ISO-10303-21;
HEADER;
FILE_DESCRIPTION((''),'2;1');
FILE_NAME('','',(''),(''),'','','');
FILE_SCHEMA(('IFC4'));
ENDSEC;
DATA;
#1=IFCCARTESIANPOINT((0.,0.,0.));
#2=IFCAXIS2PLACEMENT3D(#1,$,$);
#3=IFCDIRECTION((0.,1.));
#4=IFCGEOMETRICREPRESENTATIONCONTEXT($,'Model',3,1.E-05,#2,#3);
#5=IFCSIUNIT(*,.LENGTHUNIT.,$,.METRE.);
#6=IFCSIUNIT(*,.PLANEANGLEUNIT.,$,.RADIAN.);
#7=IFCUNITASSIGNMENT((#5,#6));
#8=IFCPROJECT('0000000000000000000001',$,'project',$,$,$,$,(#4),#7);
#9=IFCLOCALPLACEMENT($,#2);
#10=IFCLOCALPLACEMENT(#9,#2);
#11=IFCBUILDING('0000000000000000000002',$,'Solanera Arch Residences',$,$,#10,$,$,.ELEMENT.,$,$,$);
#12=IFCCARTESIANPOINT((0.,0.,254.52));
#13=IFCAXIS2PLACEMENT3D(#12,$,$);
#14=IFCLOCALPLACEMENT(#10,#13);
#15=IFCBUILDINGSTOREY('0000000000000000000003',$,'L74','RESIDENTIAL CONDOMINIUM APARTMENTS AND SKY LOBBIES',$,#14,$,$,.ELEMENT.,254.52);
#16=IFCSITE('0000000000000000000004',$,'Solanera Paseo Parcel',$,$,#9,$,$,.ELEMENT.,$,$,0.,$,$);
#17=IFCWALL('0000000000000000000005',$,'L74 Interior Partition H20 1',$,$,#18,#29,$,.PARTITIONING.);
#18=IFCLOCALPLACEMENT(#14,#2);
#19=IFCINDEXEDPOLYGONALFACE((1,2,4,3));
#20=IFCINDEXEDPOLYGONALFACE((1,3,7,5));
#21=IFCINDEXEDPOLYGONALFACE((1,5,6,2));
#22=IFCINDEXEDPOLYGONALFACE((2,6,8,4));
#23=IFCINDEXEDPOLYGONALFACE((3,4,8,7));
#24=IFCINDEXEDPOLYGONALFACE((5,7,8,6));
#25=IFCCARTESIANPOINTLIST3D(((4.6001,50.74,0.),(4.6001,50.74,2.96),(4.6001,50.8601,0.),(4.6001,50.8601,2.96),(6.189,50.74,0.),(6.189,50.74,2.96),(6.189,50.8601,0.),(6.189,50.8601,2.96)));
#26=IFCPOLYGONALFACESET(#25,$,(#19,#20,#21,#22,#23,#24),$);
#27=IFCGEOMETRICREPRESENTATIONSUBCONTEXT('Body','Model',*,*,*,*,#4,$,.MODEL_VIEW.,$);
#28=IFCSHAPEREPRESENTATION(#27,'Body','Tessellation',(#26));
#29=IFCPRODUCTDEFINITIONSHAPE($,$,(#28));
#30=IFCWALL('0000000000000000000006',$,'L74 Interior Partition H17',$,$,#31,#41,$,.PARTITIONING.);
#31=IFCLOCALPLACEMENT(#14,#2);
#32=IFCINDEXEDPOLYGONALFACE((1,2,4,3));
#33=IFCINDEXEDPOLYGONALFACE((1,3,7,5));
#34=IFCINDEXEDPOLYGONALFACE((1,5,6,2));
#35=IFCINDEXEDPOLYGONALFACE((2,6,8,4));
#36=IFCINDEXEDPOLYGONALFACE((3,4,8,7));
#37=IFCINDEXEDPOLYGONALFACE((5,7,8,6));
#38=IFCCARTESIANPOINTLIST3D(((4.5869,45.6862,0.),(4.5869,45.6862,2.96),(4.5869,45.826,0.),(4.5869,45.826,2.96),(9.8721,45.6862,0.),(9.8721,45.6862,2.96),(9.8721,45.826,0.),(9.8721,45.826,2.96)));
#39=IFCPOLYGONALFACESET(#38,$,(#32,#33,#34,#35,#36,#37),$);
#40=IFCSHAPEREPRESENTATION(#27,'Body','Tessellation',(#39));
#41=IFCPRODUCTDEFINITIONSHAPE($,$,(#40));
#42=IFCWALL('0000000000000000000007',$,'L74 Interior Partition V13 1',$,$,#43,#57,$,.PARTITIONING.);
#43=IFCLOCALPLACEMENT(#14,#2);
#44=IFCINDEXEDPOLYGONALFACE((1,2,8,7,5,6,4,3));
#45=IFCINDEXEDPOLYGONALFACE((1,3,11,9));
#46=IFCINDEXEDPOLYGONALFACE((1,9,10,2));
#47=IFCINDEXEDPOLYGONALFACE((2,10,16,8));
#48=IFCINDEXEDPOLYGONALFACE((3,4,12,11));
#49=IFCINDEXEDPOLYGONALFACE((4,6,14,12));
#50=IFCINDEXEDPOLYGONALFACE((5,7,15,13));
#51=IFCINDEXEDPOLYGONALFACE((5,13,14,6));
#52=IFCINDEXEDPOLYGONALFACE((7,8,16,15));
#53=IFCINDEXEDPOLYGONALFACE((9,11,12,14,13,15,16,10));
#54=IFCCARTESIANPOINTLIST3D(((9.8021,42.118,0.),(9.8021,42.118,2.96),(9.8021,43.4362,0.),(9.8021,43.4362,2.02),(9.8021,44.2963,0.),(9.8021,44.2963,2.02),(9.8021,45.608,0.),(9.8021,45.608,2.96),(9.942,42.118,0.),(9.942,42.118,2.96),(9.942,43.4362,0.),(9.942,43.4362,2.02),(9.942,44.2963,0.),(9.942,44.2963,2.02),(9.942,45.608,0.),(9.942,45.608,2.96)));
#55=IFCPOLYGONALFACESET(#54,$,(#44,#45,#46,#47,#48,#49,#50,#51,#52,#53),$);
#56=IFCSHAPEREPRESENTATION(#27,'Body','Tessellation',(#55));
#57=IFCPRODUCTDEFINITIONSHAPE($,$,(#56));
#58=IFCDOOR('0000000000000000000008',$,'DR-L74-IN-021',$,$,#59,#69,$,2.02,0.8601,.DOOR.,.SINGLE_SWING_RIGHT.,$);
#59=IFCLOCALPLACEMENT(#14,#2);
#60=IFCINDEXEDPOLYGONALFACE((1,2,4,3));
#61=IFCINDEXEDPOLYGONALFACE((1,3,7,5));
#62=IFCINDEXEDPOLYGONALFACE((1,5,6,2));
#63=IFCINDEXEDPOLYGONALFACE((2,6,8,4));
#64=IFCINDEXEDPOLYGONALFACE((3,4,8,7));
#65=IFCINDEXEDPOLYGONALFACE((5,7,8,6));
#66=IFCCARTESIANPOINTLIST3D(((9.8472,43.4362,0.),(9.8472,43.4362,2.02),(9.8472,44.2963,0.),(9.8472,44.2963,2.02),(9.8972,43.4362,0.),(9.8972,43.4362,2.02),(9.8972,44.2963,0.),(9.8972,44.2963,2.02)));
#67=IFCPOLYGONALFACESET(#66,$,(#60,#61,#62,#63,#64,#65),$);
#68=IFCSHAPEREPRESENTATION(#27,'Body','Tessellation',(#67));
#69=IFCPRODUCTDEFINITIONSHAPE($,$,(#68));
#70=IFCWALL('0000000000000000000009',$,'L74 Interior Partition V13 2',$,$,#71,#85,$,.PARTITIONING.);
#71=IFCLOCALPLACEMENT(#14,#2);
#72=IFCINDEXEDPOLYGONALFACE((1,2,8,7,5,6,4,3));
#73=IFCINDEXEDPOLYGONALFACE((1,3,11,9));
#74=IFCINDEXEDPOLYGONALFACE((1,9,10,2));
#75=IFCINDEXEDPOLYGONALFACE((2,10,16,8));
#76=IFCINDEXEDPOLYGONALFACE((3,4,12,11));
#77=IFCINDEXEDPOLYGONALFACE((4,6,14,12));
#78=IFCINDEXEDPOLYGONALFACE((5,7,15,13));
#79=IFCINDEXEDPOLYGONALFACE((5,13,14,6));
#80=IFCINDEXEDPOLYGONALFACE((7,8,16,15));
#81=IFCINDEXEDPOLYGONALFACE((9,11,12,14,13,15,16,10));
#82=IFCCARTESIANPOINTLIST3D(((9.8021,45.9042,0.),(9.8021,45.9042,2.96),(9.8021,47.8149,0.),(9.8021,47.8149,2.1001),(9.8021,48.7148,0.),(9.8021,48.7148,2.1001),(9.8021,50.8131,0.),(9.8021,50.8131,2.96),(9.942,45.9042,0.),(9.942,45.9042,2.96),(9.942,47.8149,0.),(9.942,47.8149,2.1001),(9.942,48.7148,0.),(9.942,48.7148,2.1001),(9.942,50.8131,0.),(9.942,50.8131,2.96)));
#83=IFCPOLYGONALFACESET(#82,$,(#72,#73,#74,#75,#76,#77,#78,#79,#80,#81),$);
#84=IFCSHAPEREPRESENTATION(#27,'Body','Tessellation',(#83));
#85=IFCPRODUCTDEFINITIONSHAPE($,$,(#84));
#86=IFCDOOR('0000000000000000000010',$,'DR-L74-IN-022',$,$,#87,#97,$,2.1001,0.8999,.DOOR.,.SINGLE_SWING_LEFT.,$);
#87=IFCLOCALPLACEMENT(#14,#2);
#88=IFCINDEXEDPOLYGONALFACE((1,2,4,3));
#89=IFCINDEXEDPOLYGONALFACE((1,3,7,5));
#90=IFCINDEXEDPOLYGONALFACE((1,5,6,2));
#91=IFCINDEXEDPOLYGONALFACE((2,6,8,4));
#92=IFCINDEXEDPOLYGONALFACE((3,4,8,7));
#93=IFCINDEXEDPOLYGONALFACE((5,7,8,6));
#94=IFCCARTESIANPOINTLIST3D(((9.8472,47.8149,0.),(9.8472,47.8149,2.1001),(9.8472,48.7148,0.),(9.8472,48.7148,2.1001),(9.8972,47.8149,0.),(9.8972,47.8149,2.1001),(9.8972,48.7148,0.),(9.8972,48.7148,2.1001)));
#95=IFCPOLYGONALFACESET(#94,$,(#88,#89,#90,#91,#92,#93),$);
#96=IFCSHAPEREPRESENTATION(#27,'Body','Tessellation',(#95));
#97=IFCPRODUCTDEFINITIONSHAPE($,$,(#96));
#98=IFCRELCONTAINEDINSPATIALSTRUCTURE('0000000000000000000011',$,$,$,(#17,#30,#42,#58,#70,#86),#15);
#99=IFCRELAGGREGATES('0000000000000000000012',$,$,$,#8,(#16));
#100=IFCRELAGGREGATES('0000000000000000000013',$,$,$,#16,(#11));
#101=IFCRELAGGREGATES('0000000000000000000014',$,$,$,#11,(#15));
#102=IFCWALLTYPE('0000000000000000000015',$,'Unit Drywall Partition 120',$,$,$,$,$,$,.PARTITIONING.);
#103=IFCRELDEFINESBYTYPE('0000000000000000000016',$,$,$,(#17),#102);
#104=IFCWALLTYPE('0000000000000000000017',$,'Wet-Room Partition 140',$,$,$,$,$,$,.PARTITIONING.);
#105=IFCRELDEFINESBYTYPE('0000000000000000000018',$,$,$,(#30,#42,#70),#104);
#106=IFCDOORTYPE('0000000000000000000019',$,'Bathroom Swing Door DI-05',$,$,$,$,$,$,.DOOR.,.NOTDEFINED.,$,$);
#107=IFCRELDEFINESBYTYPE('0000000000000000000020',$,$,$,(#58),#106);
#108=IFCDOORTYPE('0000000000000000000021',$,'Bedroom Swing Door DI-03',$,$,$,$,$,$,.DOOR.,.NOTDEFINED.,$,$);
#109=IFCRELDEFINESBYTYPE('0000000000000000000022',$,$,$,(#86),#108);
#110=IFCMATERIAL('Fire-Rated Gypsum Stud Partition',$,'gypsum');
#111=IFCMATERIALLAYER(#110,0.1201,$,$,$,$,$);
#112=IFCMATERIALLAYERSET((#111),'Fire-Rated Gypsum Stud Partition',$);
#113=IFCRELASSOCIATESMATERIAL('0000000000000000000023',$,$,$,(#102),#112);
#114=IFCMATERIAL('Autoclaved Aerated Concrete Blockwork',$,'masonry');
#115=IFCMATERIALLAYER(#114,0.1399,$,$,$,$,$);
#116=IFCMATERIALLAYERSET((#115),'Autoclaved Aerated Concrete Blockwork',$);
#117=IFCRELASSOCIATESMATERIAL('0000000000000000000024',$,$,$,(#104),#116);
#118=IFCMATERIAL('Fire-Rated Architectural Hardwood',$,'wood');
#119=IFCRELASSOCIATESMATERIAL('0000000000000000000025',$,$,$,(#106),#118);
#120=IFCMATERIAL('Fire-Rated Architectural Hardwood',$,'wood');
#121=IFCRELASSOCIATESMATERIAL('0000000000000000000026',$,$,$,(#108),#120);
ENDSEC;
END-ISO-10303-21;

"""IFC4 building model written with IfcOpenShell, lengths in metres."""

from ifc_helpers import new_model, si_unit, direction, frame, frame_2d, origin, place, context, subcontext, project, spatial, rectangle, extrude, material, layer, layer_set, type_object, element, fill, save


model = new_model("IFC4")

# Units and contexts
model_context = context("Model", 3, precision=1e-05, world=origin(), true_north=direction((0.0, 1.0)))
body_context = subcontext(model_context, "Body", "Model", "MODEL_VIEW")
ifc_project = project(units=[si_unit("LENGTHUNIT", "METRE"), si_unit("PLANEANGLEUNIT", "RADIAN")], contexts=[model_context])

# Site, building, storey
site_placement = place(None, origin())
site = spatial("IfcSite", under=ifc_project, at=site_placement, Name="Solanera Paseo Parcel", CompositionType="ELEMENT", RefElevation=0.0)
building_placement = place(site_placement, origin())
building = spatial("IfcBuilding", under=site, at=building_placement, Name="Solanera Arch Residences", CompositionType="ELEMENT")
storey_placement = place(building_placement, frame((0.0, 0.0, 254.52)))
storey = spatial("IfcBuildingStorey", under=building, at=storey_placement, Name="L74", Description="RESIDENTIAL CONDOMINIUM APARTMENTS AND SKY LOBBIES", CompositionType="ELEMENT", Elevation=254.52)

# Walls
ifc_material_1 = material(Name="Fire-Rated Gypsum Stud Partition", Category="gypsum")
ifc_layer_1 = layer(ifc_material_1, 0.1201)
ifc_layer_set_1 = layer_set([ifc_layer_1], Name="Fire-Rated Gypsum Stud Partition")
wall_type_1 = type_object("IfcWallType", Name="Unit Drywall Partition 120", PredefinedType="PARTITIONING", material=ifc_layer_set_1)
wall_1_placement = place(storey_placement, frame((4.6001, 50.8, 0.0), z_axis=(0.0, 0.0, 1.0), x_axis=(1.0, 0.0, 0.0)))
element("IfcWall", 1, at=wall_1_placement, inside=storey, type_object=wall_type_1, Name="L74 Interior Partition H20 1", PredefinedType="PARTITIONING", context=body_context, shape_type="SweptSolid", body=[
    extrude(rectangle(XDim=1.5889, YDim=0.1201, at=frame_2d((0.7944, 0.0))), origin(), (0.0, 0.0, 1.0), 2.96),
])
ifc_material_2 = material(Name="Autoclaved Aerated Concrete Blockwork", Category="masonry")
ifc_layer_2 = layer(ifc_material_2, 0.1399)
ifc_layer_set_2 = layer_set([ifc_layer_2], Name="Autoclaved Aerated Concrete Blockwork")
wall_type_2 = type_object("IfcWallType", Name="Wet-Room Partition 140", PredefinedType="PARTITIONING", material=ifc_layer_set_2)
wall_2_placement = place(storey_placement, frame((4.5869, 45.7561, 0.0), z_axis=(0.0, 0.0, 1.0), x_axis=(1.0, 0.0, 0.0)))
element("IfcWall", 2, at=wall_2_placement, inside=storey, type_object=wall_type_2, Name="L74 Interior Partition H17", PredefinedType="PARTITIONING", context=body_context, shape_type="SweptSolid", body=[
    extrude(rectangle(XDim=5.2852, YDim=0.1399, at=frame_2d((2.6426, 0.0))), origin(), (0.0, 0.0, 1.0), 2.96),
])

# Walls, openings, doors
wall_3_placement = place(storey_placement, frame((9.8721, 42.1179, 0.0), z_axis=(0.0, 0.0, 1.0), x_axis=(0.0, 1.0, 0.0)))
wall_3 = element("IfcWall", 3, at=wall_3_placement, inside=storey, type_object=wall_type_2, Name="L74 Interior Partition V13 1", PredefinedType="PARTITIONING", context=body_context, shape_type="SweptSolid", body=[
    extrude(rectangle(XDim=3.49, YDim=0.1399, at=frame_2d((1.7451, 0.0))), origin(), (0.0, 0.0, 1.0), 2.96),
])
opening_1_placement = place(wall_3_placement, frame((1.3181, 0.0, 0.0)))
opening_1 = element("IfcOpeningElement", 4, at=opening_1_placement, cuts=wall_3, PredefinedType="OPENING", context=body_context, shape_type="SweptSolid", body=[
    extrude(rectangle(XDim=0.8601, YDim=2.02, at=frame_2d((0.4302, 1.01))), frame((0.0, 0.0798, 0.0), z_axis=(0.0, -1.0, 0.0), x_axis=(1.0, 0.0, 0.0)), (0.0, 0.0, 1.0), 0.1599),
])
ifc_material_3 = material(Name="Fire-Rated Architectural Hardwood", Category="wood")
door_type_1 = type_object("IfcDoorType", Name="Bathroom Swing Door DI-05", OperationType="NOTDEFINED", PredefinedType="DOOR", material=ifc_material_3)
door_1_placement = place(opening_1_placement, origin())
door_1 = element("IfcDoor", 5, at=door_1_placement, inside=storey, type_object=door_type_1, Name="DR-L74-IN-021", OperationType="SINGLE_SWING_RIGHT", OverallHeight=2.02, OverallWidth=0.8601, PredefinedType="DOOR", context=body_context, shape_type="SweptSolid", body=[
    extrude(rectangle(XDim=0.8601, YDim=2.02, at=frame_2d((0.4302, 1.01))), frame((0.0, 0.0249, 0.0), z_axis=(0.0, -1.0, 0.0), x_axis=(1.0, 0.0, 0.0)), (0.0, 0.0, 1.0), 0.05),
])
fill(opening_1, door_1)
wall_4_placement = place(storey_placement, frame((9.8721, 45.9041, 0.0), z_axis=(0.0, 0.0, 1.0), x_axis=(0.0, 1.0, 0.0)))
wall_4 = element("IfcWall", 6, at=wall_4_placement, inside=storey, type_object=wall_type_2, Name="L74 Interior Partition V13 2", PredefinedType="PARTITIONING", context=body_context, shape_type="SweptSolid", body=[
    extrude(rectangle(XDim=4.9089, YDim=0.1399, at=frame_2d((2.4546, 0.0))), origin(), (0.0, 0.0, 1.0), 2.96),
])
opening_2_placement = place(wall_4_placement, frame((1.9109, 0.0, 0.0)))
opening_2 = element("IfcOpeningElement", 7, at=opening_2_placement, cuts=wall_4, PredefinedType="OPENING", context=body_context, shape_type="SweptSolid", body=[
    extrude(rectangle(XDim=0.8999, YDim=2.1001, at=frame_2d((0.45, 1.05))), frame((0.0, 0.0798, 0.0), z_axis=(0.0, -1.0, 0.0), x_axis=(1.0, 0.0, 0.0)), (0.0, 0.0, 1.0), 0.1599),
])
ifc_material_4 = material(Name="Fire-Rated Architectural Hardwood", Category="wood")
door_type_2 = type_object("IfcDoorType", Name="Bedroom Swing Door DI-03", OperationType="NOTDEFINED", PredefinedType="DOOR", material=ifc_material_4)
door_2_placement = place(opening_2_placement, origin())
door_2 = element("IfcDoor", 8, at=door_2_placement, inside=storey, type_object=door_type_2, Name="DR-L74-IN-022", OperationType="SINGLE_SWING_LEFT", OverallHeight=2.1001, OverallWidth=0.8999, PredefinedType="DOOR", context=body_context, shape_type="SweptSolid", body=[
    extrude(rectangle(XDim=0.8999, YDim=2.1001, at=frame_2d((0.45, 1.05))), frame((0.0, 0.0249, 0.0), z_axis=(0.0, -1.0, 0.0), x_axis=(1.0, 0.0, 0.0)), (0.0, 0.0, 1.0), 0.05),
])
fill(opening_2, door_2)

save(model, "model.ifc")
